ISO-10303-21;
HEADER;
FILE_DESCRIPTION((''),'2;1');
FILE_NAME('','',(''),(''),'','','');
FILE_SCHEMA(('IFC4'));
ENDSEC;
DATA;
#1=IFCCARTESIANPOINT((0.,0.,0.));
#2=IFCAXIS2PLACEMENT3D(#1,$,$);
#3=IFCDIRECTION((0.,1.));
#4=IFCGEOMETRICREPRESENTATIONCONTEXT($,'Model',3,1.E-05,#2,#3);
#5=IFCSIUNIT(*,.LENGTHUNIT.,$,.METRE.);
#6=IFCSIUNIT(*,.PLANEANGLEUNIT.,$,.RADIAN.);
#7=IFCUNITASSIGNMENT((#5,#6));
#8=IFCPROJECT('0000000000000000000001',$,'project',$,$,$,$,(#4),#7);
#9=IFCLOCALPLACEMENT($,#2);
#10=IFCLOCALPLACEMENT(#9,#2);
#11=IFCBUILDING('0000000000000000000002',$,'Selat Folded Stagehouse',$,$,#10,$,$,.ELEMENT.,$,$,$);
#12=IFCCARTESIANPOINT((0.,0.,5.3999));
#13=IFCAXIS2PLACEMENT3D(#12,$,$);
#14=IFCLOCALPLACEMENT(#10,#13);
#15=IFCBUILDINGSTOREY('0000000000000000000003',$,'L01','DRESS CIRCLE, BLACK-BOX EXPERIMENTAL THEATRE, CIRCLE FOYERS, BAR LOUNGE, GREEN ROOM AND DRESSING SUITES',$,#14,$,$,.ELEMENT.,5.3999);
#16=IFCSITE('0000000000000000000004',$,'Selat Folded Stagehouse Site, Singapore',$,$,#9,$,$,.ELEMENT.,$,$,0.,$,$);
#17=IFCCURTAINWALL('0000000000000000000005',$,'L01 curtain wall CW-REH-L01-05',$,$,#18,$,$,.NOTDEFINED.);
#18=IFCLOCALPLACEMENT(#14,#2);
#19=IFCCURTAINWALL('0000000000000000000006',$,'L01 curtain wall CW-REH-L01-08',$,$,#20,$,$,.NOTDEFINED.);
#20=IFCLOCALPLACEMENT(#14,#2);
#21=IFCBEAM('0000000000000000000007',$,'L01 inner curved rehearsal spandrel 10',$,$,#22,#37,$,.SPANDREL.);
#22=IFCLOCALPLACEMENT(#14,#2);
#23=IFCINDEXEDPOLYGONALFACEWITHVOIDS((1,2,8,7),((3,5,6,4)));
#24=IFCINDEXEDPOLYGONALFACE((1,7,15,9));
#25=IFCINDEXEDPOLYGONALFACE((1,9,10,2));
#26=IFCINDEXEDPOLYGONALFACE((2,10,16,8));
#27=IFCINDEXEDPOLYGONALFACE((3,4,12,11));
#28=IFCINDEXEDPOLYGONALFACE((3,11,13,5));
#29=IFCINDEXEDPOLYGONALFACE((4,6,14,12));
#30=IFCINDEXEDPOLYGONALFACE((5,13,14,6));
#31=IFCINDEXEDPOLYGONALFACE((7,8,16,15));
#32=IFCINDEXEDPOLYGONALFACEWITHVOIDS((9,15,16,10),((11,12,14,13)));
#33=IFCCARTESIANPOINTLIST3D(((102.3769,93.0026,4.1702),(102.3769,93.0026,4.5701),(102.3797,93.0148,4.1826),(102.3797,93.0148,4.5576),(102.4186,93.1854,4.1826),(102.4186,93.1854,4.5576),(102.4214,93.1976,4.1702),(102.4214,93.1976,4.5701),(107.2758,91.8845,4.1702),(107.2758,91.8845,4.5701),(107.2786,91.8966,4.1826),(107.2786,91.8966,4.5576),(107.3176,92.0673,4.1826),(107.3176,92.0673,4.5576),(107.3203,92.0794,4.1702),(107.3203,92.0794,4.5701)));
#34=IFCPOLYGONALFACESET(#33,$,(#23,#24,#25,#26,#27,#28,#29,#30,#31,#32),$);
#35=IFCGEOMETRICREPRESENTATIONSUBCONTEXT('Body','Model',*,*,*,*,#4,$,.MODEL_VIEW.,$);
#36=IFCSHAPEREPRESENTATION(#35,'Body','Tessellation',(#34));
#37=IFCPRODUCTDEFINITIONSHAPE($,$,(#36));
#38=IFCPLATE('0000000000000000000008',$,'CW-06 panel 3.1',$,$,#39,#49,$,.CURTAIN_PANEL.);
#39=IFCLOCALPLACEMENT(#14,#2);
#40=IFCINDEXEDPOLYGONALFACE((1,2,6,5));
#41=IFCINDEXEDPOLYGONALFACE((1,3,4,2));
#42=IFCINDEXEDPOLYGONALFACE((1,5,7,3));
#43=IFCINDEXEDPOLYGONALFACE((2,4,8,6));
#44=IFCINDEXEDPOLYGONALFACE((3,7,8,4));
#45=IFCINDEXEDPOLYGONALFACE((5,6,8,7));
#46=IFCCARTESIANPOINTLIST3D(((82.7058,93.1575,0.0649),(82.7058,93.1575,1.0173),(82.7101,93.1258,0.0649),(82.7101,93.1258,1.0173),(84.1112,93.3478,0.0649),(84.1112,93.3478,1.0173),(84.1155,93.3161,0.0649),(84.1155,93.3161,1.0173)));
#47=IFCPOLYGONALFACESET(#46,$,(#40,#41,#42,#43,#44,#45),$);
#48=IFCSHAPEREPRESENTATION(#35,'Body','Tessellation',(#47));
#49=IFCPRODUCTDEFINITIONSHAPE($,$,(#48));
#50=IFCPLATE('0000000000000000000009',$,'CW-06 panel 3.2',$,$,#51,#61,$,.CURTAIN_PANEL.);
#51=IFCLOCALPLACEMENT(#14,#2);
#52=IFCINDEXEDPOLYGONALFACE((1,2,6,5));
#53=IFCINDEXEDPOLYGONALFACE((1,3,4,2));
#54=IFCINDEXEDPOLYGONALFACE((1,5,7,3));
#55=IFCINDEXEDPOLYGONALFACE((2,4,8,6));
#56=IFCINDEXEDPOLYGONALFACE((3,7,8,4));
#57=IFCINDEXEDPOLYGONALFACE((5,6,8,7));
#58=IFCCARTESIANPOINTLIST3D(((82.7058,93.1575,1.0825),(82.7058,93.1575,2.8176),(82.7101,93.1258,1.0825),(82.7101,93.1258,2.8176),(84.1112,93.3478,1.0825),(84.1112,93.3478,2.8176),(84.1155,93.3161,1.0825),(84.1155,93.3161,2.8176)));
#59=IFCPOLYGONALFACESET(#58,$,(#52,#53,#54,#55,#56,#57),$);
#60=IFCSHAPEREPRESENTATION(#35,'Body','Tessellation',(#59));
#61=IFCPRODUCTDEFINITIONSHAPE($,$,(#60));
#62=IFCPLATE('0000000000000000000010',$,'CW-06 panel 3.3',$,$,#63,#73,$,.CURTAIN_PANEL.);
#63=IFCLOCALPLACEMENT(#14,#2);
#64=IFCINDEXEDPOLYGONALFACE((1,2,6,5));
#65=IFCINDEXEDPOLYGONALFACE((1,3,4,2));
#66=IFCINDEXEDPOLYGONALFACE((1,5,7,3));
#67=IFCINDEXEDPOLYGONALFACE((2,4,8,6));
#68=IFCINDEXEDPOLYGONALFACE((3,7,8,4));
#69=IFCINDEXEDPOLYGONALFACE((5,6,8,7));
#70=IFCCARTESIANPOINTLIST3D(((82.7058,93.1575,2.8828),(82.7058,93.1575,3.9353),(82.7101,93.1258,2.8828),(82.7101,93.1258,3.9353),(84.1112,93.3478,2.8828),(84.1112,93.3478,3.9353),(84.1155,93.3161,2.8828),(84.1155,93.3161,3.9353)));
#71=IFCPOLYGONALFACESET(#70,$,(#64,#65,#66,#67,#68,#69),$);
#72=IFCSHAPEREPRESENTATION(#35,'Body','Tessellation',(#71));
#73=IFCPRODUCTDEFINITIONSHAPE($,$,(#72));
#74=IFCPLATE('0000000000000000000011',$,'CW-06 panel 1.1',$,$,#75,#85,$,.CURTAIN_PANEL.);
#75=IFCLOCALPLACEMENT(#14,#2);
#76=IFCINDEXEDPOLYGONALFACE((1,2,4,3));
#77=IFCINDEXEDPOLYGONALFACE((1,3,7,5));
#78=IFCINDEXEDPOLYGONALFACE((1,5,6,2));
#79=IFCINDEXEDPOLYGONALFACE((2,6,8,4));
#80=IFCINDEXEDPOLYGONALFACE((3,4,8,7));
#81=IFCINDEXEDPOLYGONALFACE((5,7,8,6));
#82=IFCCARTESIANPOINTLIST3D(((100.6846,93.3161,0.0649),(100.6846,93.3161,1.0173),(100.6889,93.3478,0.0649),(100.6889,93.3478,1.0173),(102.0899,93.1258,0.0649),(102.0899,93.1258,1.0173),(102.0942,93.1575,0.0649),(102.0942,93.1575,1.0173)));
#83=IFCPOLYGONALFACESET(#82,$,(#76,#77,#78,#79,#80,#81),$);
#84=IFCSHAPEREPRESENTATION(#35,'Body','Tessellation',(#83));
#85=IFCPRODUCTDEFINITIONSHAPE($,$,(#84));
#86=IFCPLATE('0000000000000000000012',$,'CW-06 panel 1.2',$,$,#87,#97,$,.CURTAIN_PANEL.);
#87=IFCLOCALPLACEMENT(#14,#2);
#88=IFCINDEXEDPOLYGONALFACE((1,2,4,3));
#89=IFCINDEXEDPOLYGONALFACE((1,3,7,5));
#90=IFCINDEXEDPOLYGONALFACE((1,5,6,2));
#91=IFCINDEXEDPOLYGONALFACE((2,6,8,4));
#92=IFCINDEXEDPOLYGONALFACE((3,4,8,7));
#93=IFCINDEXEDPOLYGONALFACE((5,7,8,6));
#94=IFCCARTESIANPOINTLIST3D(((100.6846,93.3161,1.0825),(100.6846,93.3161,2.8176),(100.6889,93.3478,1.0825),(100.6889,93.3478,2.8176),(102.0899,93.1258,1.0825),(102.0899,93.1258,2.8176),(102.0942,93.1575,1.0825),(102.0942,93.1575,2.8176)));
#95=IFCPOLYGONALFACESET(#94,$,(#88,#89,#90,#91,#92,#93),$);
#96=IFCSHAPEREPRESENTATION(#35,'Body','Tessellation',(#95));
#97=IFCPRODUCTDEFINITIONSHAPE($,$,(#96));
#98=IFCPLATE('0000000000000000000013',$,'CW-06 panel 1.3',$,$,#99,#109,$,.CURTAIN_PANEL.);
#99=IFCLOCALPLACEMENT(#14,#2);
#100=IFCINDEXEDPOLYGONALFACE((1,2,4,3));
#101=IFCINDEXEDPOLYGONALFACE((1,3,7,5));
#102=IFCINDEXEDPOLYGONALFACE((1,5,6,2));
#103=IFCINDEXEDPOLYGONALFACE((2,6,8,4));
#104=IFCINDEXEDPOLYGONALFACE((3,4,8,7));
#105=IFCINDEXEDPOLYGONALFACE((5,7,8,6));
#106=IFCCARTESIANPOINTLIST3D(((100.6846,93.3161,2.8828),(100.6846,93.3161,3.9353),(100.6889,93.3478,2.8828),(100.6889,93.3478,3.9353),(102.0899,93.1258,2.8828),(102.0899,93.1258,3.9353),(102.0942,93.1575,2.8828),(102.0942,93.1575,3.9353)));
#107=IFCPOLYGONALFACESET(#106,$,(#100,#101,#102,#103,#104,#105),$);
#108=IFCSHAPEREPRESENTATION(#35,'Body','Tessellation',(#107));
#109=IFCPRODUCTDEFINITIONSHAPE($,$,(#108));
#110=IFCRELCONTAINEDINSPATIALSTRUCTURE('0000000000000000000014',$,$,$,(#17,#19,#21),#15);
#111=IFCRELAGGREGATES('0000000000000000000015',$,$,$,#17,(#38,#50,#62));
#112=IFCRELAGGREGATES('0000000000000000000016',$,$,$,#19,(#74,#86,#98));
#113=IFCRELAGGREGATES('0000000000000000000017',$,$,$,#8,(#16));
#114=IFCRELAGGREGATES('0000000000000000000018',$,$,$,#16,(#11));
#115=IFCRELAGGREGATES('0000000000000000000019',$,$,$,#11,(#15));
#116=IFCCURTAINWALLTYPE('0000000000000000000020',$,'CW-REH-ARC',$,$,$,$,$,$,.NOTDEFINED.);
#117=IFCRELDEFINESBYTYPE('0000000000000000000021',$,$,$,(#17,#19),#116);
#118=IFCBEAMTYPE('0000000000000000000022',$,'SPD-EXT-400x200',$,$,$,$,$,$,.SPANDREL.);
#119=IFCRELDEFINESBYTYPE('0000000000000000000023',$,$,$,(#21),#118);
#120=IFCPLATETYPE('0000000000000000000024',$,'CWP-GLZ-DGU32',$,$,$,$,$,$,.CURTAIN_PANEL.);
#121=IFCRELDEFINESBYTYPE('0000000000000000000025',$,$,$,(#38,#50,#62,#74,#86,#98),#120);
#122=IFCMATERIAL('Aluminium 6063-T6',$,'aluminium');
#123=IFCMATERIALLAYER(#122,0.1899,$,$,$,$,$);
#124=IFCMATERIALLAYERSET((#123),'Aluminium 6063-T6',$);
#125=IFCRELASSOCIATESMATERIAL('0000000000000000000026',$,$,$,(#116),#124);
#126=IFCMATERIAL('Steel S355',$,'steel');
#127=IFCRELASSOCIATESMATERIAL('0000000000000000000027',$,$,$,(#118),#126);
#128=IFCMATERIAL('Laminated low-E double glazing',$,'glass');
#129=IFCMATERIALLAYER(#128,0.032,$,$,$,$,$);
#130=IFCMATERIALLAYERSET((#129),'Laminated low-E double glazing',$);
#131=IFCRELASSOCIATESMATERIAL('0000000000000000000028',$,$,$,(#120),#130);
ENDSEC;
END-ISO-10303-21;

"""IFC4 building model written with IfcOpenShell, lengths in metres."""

from ifc_helpers import new_model, si_unit, direction, frame, origin, origin_2d, place, context, subcontext, project, spatial, rectangle, hollow_rectangle, extrude, material, layer, layer_set, material_profile, profile_set, type_object, element, aggregate, save


model = new_model("IFC4")

# Units and contexts
model_context = context("Model", 3, precision=1e-05, world=origin(), true_north=direction((0.0, 1.0)))
body_context = subcontext(model_context, "Body", "Model", "MODEL_VIEW")
ifc_project = project(units=[si_unit("LENGTHUNIT", "METRE"), si_unit("PLANEANGLEUNIT", "RADIAN")], contexts=[model_context])

# Site, building, storey
site_placement = place(None, origin())
site = spatial("IfcSite", under=ifc_project, at=site_placement, Name="Selat Folded Stagehouse Site, Singapore", CompositionType="ELEMENT", RefElevation=0.0)
building_placement = place(site_placement, origin())
building = spatial("IfcBuilding", under=site, at=building_placement, Name="Selat Folded Stagehouse", CompositionType="ELEMENT")
storey_placement = place(building_placement, frame((0.0, 0.0, 5.3999)))
storey = spatial("IfcBuildingStorey", under=building, at=storey_placement, Name="L01", Description="DRESS CIRCLE, BLACK-BOX EXPERIMENTAL THEATRE, CIRCLE FOYERS, BAR LOUNGE, GREEN ROOM AND DRESSING SUITES", CompositionType="ELEMENT", Elevation=5.3999)

# Shared definitions
ifc_material_1 = material(Name="Steel S355", Category="steel")

# Curtain walls
ifc_material_2 = material(Name="Aluminium 6063-T6", Category="aluminium")
ifc_layer_1 = layer(ifc_material_2, 0.1899)
ifc_layer_set_1 = layer_set([ifc_layer_1], Name="Aluminium 6063-T6")
curtain_wall_type = type_object("IfcCurtainWallType", Name="CW-REH-ARC", PredefinedType="NOTDEFINED", material=ifc_layer_set_1)
curtain_wall_1_placement = place(storey_placement, origin())
curtain_wall_1 = element("IfcCurtainWall", 1, at=curtain_wall_1_placement, inside=storey, type_object=curtain_wall_type, Name="L01 curtain wall CW-REH-L01-05", PredefinedType="NOTDEFINED")
curtain_wall_2_placement = place(storey_placement, origin())
curtain_wall_2 = element("IfcCurtainWall", 2, at=curtain_wall_2_placement, inside=storey, type_object=curtain_wall_type, Name="L01 curtain wall CW-REH-L01-08", PredefinedType="NOTDEFINED")

# Beam
ifc_material_profile_1 = material_profile(ifc_material_1, hollow_rectangle(XDim=0.2, YDim=0.3999, WallThickness=0.0125, at=origin_2d()), Name="RHS 400x200x12.5")
ifc_profile_set_1 = profile_set([ifc_material_profile_1], Name="Steel S355")
beam_type_1 = type_object("IfcBeamType", Name="SPD-EXT-400x200", PredefinedType="SPANDREL", material=ifc_profile_set_1)
beam_1_placement = place(storey_placement, frame((102.3992, 93.1001, 4.3701), z_axis=(0.974927, -0.222524, 0.0), x_axis=(0.222524, 0.974927, 0.0)))
element("IfcBeam", 3, at=beam_1_placement, inside=storey, type_object=beam_type_1, Name="L01 inner curved rehearsal spandrel 10", PredefinedType="SPANDREL", context=body_context, shape_type="SweptSolid", body=[
    extrude(hollow_rectangle(XDim=0.2, YDim=0.3999, WallThickness=0.0125, at=origin_2d()), origin(), (0.0, 0.0, 1.0), 5.0249),
])

# Plates
ifc_material_3 = material(Name="Laminated low-E double glazing", Category="glass")
ifc_layer_2 = layer(ifc_material_3, 0.032)
ifc_layer_set_2 = layer_set([ifc_layer_2], Name="Laminated low-E double glazing")
plate_type = type_object("IfcPlateType", Name="CWP-GLZ-DGU32", PredefinedType="CURTAIN_PANEL", material=ifc_layer_set_2)
plate_1_placement = place(storey_placement, frame((83.4106, 93.2368, 0.0649), z_axis=(0.0, 0.0, 1.0), x_axis=(-0.990953, -0.134212, 0.0)))
plate_1 = element("IfcPlate", 4, at=plate_1_placement, type_object=plate_type, Name="CW-06 panel 3.1", PredefinedType="CURTAIN_PANEL", context=body_context, shape_type="SweptSolid", body=[
    extrude(rectangle(XDim=1.4182, YDim=0.032, at=origin_2d()), origin(), (0.0, 0.0, 1.0), 0.9524),
])
plate_2_placement = place(storey_placement, frame((83.4106, 93.2368, 1.0825), z_axis=(0.0, 0.0, 1.0), x_axis=(-0.990953, -0.134212, 0.0)))
plate_2 = element("IfcPlate", 5, at=plate_2_placement, type_object=plate_type, Name="CW-06 panel 3.2", PredefinedType="CURTAIN_PANEL", context=body_context, shape_type="SweptSolid", body=[
    extrude(rectangle(XDim=1.4182, YDim=0.032, at=origin_2d()), origin(), (0.0, 0.0, 1.0), 1.7351),
])
plate_3_placement = place(storey_placement, frame((83.4106, 93.2368, 2.8828), z_axis=(0.0, 0.0, 1.0), x_axis=(-0.990953, -0.134212, 0.0)))
plate_3 = element("IfcPlate", 6, at=plate_3_placement, type_object=plate_type, Name="CW-06 panel 3.3", PredefinedType="CURTAIN_PANEL", context=body_context, shape_type="SweptSolid", body=[
    extrude(rectangle(XDim=1.4182, YDim=0.032, at=origin_2d()), origin(), (0.0, 0.0, 1.0), 1.0525),
])
aggregate(curtain_wall_1, [plate_1, plate_2, plate_3])
plate_4_placement = place(storey_placement, frame((101.3894, 93.2368, 0.0649), z_axis=(0.0, 0.0, 1.0), x_axis=(-0.990953, 0.134212, 0.0)))
plate_4 = element("IfcPlate", 7, at=plate_4_placement, type_object=plate_type, Name="CW-06 panel 1.1", PredefinedType="CURTAIN_PANEL", context=body_context, shape_type="SweptSolid", body=[
    extrude(rectangle(XDim=1.4182, YDim=0.032, at=origin_2d()), origin(), (0.0, 0.0, 1.0), 0.9524),
])
plate_5_placement = place(storey_placement, frame((101.3894, 93.2368, 1.0825), z_axis=(0.0, 0.0, 1.0), x_axis=(-0.990953, 0.134212, 0.0)))
plate_5 = element("IfcPlate", 8, at=plate_5_placement, type_object=plate_type, Name="CW-06 panel 1.2", PredefinedType="CURTAIN_PANEL", context=body_context, shape_type="SweptSolid", body=[
    extrude(rectangle(XDim=1.4182, YDim=0.032, at=origin_2d()), origin(), (0.0, 0.0, 1.0), 1.7351),
])
plate_6_placement = place(storey_placement, frame((101.3894, 93.2368, 2.8828), z_axis=(0.0, 0.0, 1.0), x_axis=(-0.990953, 0.134212, 0.0)))
plate_6 = element("IfcPlate", 9, at=plate_6_placement, type_object=plate_type, Name="CW-06 panel 1.3", PredefinedType="CURTAIN_PANEL", context=body_context, shape_type="SweptSolid", body=[
    extrude(rectangle(XDim=1.4182, YDim=0.032, at=origin_2d()), origin(), (0.0, 0.0, 1.0), 1.0525),
])
aggregate(curtain_wall_2, [plate_4, plate_5, plate_6])

save(model, "model.ifc")
